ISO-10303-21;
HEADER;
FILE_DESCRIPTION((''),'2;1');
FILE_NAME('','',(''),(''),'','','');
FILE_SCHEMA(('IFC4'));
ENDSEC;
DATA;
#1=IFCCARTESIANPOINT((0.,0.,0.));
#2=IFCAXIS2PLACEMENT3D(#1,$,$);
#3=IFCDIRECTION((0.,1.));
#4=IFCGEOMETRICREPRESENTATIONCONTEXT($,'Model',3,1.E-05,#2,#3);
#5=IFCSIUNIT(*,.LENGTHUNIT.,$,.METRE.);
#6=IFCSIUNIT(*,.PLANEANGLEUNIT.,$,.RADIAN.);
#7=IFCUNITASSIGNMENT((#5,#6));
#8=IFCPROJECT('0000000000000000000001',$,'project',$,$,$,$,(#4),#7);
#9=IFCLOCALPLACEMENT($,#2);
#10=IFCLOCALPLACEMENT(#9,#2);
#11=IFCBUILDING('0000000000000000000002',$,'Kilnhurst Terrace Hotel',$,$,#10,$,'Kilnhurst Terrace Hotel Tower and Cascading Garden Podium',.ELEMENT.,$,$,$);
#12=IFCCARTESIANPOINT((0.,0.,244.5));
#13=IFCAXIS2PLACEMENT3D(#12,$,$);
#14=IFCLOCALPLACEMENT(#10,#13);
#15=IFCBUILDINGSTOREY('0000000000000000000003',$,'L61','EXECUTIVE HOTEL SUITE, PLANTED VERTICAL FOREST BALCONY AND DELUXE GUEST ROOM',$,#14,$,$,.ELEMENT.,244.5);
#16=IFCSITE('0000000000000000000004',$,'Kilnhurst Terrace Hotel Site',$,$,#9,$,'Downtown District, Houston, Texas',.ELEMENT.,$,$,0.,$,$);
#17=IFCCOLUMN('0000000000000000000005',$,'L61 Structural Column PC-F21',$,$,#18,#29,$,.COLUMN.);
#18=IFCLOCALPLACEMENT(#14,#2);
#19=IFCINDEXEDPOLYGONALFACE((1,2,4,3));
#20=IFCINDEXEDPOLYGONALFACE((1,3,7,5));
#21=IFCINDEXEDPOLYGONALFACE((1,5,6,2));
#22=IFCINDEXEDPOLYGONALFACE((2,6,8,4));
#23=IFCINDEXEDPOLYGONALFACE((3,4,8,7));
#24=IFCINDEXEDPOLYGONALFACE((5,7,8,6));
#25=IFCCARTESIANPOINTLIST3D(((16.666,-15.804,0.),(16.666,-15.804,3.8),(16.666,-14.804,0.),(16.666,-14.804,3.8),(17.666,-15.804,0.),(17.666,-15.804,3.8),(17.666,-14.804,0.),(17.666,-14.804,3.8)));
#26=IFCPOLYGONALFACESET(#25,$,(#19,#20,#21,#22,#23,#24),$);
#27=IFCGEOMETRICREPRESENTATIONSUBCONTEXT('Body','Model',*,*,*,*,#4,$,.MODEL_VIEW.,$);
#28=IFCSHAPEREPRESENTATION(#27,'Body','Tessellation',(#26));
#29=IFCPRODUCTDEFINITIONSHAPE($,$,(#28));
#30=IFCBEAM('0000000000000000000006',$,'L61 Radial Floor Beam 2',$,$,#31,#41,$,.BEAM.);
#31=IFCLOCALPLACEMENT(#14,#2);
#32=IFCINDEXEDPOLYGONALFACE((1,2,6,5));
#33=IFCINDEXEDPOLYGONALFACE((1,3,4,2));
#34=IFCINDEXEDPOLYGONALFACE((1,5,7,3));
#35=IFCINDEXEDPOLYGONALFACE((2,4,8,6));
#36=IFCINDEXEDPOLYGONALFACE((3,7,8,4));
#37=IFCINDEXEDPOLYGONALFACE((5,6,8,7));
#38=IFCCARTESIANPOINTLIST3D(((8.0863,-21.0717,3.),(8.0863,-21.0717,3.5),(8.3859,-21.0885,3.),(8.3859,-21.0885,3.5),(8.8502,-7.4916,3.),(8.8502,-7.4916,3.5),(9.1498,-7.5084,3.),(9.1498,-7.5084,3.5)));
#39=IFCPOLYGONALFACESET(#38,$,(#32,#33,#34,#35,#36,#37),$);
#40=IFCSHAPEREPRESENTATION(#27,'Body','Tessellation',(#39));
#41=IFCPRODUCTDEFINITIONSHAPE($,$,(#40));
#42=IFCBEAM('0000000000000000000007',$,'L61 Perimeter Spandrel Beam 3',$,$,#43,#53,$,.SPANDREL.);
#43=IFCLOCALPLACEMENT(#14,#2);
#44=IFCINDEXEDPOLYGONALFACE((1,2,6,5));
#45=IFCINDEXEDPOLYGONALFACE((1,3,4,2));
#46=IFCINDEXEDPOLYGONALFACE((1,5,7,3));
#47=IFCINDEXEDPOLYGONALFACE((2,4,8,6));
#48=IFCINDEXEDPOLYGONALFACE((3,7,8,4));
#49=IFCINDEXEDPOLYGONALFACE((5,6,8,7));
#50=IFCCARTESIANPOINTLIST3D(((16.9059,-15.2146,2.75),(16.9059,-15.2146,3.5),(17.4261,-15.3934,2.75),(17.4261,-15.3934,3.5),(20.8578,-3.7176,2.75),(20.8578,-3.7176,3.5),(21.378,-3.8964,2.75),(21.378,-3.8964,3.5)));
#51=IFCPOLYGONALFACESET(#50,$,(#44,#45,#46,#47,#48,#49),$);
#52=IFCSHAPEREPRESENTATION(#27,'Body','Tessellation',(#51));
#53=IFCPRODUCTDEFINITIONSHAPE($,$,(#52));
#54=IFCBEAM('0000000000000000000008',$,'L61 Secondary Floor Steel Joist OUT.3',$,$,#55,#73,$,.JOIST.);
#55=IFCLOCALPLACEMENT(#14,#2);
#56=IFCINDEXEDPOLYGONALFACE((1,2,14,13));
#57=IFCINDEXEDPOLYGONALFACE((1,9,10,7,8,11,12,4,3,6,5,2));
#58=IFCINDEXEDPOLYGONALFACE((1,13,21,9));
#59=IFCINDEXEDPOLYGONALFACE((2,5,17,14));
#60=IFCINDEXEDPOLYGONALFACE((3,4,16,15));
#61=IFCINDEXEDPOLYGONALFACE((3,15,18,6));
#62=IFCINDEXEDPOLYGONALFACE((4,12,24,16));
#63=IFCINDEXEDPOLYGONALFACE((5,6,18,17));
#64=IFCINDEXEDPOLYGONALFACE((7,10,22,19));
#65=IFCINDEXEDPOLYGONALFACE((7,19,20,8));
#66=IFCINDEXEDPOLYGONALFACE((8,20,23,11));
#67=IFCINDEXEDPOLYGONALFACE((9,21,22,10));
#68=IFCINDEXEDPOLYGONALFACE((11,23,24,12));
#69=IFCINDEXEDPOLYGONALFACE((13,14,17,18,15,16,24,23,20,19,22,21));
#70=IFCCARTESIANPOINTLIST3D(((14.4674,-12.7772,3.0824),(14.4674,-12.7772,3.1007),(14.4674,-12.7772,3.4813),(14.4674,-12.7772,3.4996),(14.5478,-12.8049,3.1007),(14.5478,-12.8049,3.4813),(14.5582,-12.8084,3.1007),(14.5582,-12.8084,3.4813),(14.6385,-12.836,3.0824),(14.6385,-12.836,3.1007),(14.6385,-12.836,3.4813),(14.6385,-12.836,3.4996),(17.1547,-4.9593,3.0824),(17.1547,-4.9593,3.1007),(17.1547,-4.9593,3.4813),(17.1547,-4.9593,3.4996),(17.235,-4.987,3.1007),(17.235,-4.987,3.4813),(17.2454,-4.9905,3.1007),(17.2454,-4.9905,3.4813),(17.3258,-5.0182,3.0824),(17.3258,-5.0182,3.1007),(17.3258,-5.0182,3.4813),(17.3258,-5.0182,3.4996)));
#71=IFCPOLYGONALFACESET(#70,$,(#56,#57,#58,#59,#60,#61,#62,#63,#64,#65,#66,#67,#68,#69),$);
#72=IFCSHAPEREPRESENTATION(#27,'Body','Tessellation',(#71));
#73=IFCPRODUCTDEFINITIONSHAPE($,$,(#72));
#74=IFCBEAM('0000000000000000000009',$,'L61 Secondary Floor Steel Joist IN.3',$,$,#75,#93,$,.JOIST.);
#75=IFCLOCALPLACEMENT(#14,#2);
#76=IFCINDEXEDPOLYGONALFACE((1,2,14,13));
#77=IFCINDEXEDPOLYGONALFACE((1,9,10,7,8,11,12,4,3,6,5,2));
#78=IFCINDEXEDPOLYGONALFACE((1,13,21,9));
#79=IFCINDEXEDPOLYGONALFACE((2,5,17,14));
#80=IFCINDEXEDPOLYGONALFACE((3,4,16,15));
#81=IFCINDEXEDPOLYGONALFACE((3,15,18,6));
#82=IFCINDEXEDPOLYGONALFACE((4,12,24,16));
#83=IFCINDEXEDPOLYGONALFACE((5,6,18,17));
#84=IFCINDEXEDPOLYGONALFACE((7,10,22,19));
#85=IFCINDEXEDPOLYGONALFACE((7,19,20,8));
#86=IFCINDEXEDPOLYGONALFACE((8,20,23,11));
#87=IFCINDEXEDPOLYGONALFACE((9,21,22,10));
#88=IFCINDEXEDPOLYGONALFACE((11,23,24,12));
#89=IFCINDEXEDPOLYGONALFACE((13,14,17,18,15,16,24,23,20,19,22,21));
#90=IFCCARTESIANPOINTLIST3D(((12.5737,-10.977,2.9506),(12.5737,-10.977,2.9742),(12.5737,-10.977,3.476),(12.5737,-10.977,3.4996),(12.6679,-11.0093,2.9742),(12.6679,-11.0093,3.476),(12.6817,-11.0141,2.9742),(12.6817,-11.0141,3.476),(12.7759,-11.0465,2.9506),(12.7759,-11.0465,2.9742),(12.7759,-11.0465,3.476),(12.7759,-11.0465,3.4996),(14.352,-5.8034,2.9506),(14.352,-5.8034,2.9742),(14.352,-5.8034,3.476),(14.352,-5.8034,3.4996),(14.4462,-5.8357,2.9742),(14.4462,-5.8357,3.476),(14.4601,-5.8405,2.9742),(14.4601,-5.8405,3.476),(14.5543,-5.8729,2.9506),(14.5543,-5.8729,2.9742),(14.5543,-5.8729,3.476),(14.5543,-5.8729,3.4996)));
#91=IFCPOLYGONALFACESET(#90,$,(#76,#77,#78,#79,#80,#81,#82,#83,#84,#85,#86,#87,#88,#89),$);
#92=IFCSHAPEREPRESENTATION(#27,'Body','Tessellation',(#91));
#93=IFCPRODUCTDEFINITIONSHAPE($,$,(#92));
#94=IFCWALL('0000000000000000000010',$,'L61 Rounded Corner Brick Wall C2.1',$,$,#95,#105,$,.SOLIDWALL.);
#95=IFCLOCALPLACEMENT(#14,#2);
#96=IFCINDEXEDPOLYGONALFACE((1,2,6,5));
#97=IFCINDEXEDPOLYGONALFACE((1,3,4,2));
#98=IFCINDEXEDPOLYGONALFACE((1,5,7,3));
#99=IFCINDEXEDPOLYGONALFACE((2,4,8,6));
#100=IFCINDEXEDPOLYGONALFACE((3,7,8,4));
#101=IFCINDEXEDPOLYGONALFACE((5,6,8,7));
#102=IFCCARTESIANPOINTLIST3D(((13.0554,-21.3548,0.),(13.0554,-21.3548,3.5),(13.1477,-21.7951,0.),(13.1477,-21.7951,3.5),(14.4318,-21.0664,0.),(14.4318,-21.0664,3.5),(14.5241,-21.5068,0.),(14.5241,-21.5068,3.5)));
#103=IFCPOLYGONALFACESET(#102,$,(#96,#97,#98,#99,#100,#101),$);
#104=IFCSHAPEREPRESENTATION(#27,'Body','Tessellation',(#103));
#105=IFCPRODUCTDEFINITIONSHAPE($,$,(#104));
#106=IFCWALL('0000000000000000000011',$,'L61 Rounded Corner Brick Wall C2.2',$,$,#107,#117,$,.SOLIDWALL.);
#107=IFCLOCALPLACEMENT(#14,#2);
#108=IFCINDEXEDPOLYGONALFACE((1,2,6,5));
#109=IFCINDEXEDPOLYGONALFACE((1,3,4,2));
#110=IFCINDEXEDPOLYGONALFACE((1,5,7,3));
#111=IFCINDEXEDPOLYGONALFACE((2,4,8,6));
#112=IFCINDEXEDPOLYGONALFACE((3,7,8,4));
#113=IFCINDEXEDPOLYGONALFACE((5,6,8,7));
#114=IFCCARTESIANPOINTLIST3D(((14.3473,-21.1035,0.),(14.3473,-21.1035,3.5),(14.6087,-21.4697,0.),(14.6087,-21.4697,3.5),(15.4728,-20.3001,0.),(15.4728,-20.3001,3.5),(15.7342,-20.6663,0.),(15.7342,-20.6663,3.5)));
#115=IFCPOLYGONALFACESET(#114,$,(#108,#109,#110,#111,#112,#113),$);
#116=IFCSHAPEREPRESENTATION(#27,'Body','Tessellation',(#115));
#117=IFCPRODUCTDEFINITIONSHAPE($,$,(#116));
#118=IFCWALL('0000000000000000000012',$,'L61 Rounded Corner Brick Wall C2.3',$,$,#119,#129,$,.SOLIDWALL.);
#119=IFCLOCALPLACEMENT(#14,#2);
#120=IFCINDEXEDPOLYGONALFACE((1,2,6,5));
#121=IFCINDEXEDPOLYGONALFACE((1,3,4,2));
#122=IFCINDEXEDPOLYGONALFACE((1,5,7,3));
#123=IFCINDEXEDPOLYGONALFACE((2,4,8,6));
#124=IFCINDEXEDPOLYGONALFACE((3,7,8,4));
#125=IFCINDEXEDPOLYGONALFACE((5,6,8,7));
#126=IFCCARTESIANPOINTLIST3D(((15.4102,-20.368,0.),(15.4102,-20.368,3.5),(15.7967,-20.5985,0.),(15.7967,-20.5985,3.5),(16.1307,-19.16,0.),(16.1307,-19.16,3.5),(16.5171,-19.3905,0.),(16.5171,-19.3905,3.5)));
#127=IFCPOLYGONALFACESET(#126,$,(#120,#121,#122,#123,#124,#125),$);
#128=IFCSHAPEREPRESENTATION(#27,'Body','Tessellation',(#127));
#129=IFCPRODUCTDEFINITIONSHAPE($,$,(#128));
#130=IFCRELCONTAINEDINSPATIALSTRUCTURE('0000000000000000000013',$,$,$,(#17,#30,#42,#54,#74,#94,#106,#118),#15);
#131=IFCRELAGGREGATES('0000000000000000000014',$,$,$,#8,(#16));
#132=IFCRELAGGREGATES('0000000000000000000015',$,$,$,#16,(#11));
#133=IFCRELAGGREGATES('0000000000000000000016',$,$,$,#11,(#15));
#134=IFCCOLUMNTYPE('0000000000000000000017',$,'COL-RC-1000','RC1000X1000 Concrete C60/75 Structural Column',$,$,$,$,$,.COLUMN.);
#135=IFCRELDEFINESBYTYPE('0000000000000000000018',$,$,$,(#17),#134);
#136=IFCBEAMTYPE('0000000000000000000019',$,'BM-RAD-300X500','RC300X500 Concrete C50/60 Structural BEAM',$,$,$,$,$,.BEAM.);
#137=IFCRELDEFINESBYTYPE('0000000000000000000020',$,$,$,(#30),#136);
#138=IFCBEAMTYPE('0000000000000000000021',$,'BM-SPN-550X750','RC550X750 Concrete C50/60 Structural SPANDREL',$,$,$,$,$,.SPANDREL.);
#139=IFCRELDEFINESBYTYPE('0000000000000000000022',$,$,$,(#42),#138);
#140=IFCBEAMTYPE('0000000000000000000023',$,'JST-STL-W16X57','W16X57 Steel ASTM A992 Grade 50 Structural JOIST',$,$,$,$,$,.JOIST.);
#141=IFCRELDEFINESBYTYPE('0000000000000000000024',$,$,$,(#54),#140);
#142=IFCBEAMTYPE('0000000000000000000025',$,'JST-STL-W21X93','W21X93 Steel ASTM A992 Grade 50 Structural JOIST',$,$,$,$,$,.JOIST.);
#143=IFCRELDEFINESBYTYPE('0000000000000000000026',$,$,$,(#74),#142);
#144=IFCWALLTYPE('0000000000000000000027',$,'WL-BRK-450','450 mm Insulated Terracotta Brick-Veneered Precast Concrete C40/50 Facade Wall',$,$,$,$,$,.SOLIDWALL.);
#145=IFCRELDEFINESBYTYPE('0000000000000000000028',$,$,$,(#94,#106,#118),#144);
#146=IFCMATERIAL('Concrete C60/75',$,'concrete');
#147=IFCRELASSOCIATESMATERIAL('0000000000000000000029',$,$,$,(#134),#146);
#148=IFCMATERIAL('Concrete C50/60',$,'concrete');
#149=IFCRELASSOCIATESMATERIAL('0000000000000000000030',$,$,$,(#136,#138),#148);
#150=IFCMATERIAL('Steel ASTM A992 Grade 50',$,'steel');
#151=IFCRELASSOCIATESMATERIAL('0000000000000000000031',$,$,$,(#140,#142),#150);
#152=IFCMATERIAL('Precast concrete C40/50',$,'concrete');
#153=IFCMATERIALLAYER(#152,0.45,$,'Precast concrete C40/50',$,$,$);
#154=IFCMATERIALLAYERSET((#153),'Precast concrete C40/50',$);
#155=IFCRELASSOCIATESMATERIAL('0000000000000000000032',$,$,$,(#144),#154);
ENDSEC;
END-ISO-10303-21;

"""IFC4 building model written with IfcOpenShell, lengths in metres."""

from ifc_helpers import new_model, si_unit, direction, frame, frame_2d, origin, origin_2d, place, context, subcontext, project, spatial, rectangle, i_section, extrude, material, layer, layer_set, material_profile, profile_set, type_object, element, save


model = new_model("IFC4")

# Units and contexts
model_context = context("Model", 3, precision=1e-05, world=origin(), true_north=direction((0.0, 1.0)))
body_context = subcontext(model_context, "Body", "Model", "MODEL_VIEW")
ifc_project = project(units=[si_unit("LENGTHUNIT", "METRE"), si_unit("PLANEANGLEUNIT", "RADIAN")], contexts=[model_context])

# Site, building, storey
site_placement = place(None, origin())
site = spatial("IfcSite", under=ifc_project, at=site_placement, Name="Kilnhurst Terrace Hotel Site", LongName="Downtown District, Houston, Texas", CompositionType="ELEMENT", RefElevation=0.0)
building_placement = place(site_placement, origin())
building = spatial("IfcBuilding", under=site, at=building_placement, Name="Kilnhurst Terrace Hotel", LongName="Kilnhurst Terrace Hotel Tower and Cascading Garden Podium", CompositionType="ELEMENT")
storey_placement = place(building_placement, frame((0.0, 0.0, 244.5)))
storey = spatial("IfcBuildingStorey", under=building, at=storey_placement, Name="L61", Description="EXECUTIVE HOTEL SUITE, PLANTED VERTICAL FOREST BALCONY AND DELUXE GUEST ROOM", CompositionType="ELEMENT", Elevation=244.5)

# Column
ifc_material_1 = material(Name="Concrete C60/75", Category="concrete")
ifc_material_profile_1 = material_profile(ifc_material_1, rectangle(XDim=1.0, YDim=1.0, at=origin_2d()), Name="RC1000X1000")
ifc_profile_set_1 = profile_set([ifc_material_profile_1], Name="Concrete C60/75")
column_type = type_object("IfcColumnType", Name="COL-RC-1000", Description="RC1000X1000 Concrete C60/75 Structural Column", PredefinedType="COLUMN", material=ifc_profile_set_1)
column_placement = place(storey_placement, frame((17.166, -15.304, 0.0), z_axis=(0.0, 0.0, 1.0), x_axis=(1.0, 0.0, 0.0)))
element("IfcColumn", 1, at=column_placement, inside=storey, type_object=column_type, Name="L61 Structural Column PC-F21", PredefinedType="COLUMN", context=body_context, shape_type="SweptSolid", body=[
    extrude(rectangle(XDim=1.0, YDim=1.0, at=origin_2d()), origin(), (0.0, 0.0, 1.0), 3.8),
])

# Beams
ifc_material_2 = material(Name="Concrete C50/60", Category="concrete")
ifc_material_profile_2 = material_profile(ifc_material_2, rectangle(XDim=0.3, YDim=0.5, at=origin_2d()), Name="RC300X500")
ifc_profile_set_2 = profile_set([ifc_material_profile_2], Name="Concrete C50/60")
beam_type_1 = type_object("IfcBeamType", Name="BM-RAD-300X500", Description="RC300X500 Concrete C50/60 Structural BEAM", PredefinedType="BEAM", material=ifc_profile_set_2)
beam_1_placement = place(storey_placement, frame((9.0, -7.5, 3.25), z_axis=(-0.056164, -0.998422, 0.0), x_axis=(0.998422, -0.056164, 0.0)))
element("IfcBeam", 2, at=beam_1_placement, inside=storey, type_object=beam_type_1, Name="L61 Radial Floor Beam 2", PredefinedType="BEAM", context=body_context, shape_type="SweptSolid", body=[
    extrude(rectangle(XDim=0.3, YDim=0.5, at=origin_2d()), origin(), (0.0, 0.0, 1.0), 13.6016),
])
ifc_material_profile_3 = material_profile(ifc_material_2, rectangle(XDim=0.55, YDim=0.75, at=origin_2d()), Name="RC550X750")
ifc_profile_set_3 = profile_set([ifc_material_profile_3], Name="Concrete C50/60")
beam_type_2 = type_object("IfcBeamType", Name="BM-SPN-550X750", Description="RC550X750 Concrete C50/60 Structural SPANDREL", PredefinedType="SPANDREL", material=ifc_profile_set_3)
beam_2_placement = place(storey_placement, frame((17.166, -15.304, 3.125), z_axis=(0.325064, 0.945692, 0.0), x_axis=(-0.945692, 0.325064, 0.0)))
element("IfcBeam", 3, at=beam_2_placement, inside=storey, type_object=beam_type_2, Name="L61 Perimeter Spandrel Beam 3", PredefinedType="SPANDREL", context=body_context, shape_type="SweptSolid", body=[
    extrude(rectangle(XDim=0.55, YDim=0.75, at=origin_2d()), origin(), (0.0, 0.0, 1.0), 12.1572),
])
ifc_material_3 = material(Name="Steel ASTM A992 Grade 50", Category="steel")
ifc_material_profile_4 = material_profile(ifc_material_3, i_section(OverallWidth=0.1809, OverallDepth=0.4172, WebThickness=0.011, FlangeThickness=0.0183, at=origin_2d()), Name="W16X57")
ifc_profile_set_4 = profile_set([ifc_material_profile_4], Name="Steel ASTM A992 Grade 50")
beam_type_3 = type_object("IfcBeamType", Name="JST-STL-W16X57", Description="W16X57 Steel ASTM A992 Grade 50 Structural JOIST", PredefinedType="JOIST", material=ifc_profile_set_4)
beam_3_placement = place(storey_placement, frame((14.553, -12.8066, 3.291), z_axis=(0.325065, 0.945692, 0.0), x_axis=(-0.945692, 0.325065, 0.0)))
element("IfcBeam", 4, at=beam_3_placement, inside=storey, type_object=beam_type_3, Name="L61 Secondary Floor Steel Joist OUT.3", PredefinedType="JOIST", context=body_context, shape_type="SweptSolid", body=[
    extrude(i_section(OverallWidth=0.1809, OverallDepth=0.4172, WebThickness=0.011, FlangeThickness=0.0183, at=origin_2d()), origin(), (0.0, 0.0, 1.0), 8.2668),
])
ifc_material_profile_5 = material_profile(ifc_material_3, i_section(OverallWidth=0.2139, OverallDepth=0.5491, WebThickness=0.0146, FlangeThickness=0.0237, at=origin_2d()), Name="W21X93")
ifc_profile_set_5 = profile_set([ifc_material_profile_5], Name="Steel ASTM A992 Grade 50")
beam_type_4 = type_object("IfcBeamType", Name="JST-STL-W21X93", Description="W21X93 Steel ASTM A992 Grade 50 Structural JOIST", PredefinedType="JOIST", material=ifc_profile_set_5)
beam_4_placement = place(storey_placement, frame((12.6748, -11.0117, 3.2251), z_axis=(0.325064, 0.945692, 0.0), x_axis=(-0.945692, 0.325064, 0.0)))
element("IfcBeam", 5, at=beam_4_placement, inside=storey, type_object=beam_type_4, Name="L61 Secondary Floor Steel Joist IN.3", PredefinedType="JOIST", context=body_context, shape_type="SweptSolid", body=[
    extrude(i_section(OverallWidth=0.2139, OverallDepth=0.5491, WebThickness=0.0146, FlangeThickness=0.0237, at=origin_2d()), origin(), (0.0, 0.0, 1.0), 5.4707),
])

# Walls
ifc_material_4 = material(Name="Precast concrete C40/50", Category="concrete")
ifc_layer_1 = layer(ifc_material_4, 0.45, Name="Precast concrete C40/50")
ifc_layer_set_1 = layer_set([ifc_layer_1], Name="Precast concrete C40/50")
wall_type_1 = type_object("IfcWallType", Name="WL-BRK-450", Description="450 mm Insulated Terracotta Brick-Veneered Precast Concrete C40/50 Facade Wall", PredefinedType="SOLIDWALL", material=ifc_layer_set_1)
wall_1_placement = place(storey_placement, frame((13.1016, -21.575, 0.0), z_axis=(0.0, 0.0, 1.0), x_axis=(0.978757, 0.205022, 0.0)))
element("IfcWall", 6, at=wall_1_placement, inside=storey, type_object=wall_type_1, Name="L61 Rounded Corner Brick Wall C2.1", PredefinedType="SOLIDWALL", context=body_context, shape_type="SweptSolid", body=[
    extrude(rectangle(XDim=1.4062, YDim=0.45, at=frame_2d((0.7031, 0.0))), origin(), (0.0, 0.0, 1.0), 3.5),
])
wall_2_placement = place(storey_placement, frame((14.478, -21.2866, 0.0), z_axis=(0.0, 0.0, 1.0), x_axis=(0.813889, 0.581021, 0.0)))
element("IfcWall", 7, at=wall_2_placement, inside=storey, type_object=wall_type_1, Name="L61 Rounded Corner Brick Wall C2.2", PredefinedType="SOLIDWALL", context=body_context, shape_type="SweptSolid", body=[
    extrude(rectangle(XDim=1.3828, YDim=0.45, at=frame_2d((0.6914, 0.0))), origin(), (0.0, 0.0, 1.0), 3.5),
])
wall_3_placement = place(storey_placement, frame((15.6035, -20.4832, 0.0), z_axis=(0.0, 0.0, 1.0), x_axis=(0.512222, 0.858853, 0.0)))
element("IfcWall", 8, at=wall_3_placement, inside=storey, type_object=wall_type_1, Name="L61 Rounded Corner Brick Wall C2.3", PredefinedType="SOLIDWALL", context=body_context, shape_type="SweptSolid", body=[
    extrude(rectangle(XDim=1.4065, YDim=0.45, at=frame_2d((0.7031, 0.0))), origin(), (0.0, 0.0, 1.0), 3.5),
])

save(model, "model.ifc")
